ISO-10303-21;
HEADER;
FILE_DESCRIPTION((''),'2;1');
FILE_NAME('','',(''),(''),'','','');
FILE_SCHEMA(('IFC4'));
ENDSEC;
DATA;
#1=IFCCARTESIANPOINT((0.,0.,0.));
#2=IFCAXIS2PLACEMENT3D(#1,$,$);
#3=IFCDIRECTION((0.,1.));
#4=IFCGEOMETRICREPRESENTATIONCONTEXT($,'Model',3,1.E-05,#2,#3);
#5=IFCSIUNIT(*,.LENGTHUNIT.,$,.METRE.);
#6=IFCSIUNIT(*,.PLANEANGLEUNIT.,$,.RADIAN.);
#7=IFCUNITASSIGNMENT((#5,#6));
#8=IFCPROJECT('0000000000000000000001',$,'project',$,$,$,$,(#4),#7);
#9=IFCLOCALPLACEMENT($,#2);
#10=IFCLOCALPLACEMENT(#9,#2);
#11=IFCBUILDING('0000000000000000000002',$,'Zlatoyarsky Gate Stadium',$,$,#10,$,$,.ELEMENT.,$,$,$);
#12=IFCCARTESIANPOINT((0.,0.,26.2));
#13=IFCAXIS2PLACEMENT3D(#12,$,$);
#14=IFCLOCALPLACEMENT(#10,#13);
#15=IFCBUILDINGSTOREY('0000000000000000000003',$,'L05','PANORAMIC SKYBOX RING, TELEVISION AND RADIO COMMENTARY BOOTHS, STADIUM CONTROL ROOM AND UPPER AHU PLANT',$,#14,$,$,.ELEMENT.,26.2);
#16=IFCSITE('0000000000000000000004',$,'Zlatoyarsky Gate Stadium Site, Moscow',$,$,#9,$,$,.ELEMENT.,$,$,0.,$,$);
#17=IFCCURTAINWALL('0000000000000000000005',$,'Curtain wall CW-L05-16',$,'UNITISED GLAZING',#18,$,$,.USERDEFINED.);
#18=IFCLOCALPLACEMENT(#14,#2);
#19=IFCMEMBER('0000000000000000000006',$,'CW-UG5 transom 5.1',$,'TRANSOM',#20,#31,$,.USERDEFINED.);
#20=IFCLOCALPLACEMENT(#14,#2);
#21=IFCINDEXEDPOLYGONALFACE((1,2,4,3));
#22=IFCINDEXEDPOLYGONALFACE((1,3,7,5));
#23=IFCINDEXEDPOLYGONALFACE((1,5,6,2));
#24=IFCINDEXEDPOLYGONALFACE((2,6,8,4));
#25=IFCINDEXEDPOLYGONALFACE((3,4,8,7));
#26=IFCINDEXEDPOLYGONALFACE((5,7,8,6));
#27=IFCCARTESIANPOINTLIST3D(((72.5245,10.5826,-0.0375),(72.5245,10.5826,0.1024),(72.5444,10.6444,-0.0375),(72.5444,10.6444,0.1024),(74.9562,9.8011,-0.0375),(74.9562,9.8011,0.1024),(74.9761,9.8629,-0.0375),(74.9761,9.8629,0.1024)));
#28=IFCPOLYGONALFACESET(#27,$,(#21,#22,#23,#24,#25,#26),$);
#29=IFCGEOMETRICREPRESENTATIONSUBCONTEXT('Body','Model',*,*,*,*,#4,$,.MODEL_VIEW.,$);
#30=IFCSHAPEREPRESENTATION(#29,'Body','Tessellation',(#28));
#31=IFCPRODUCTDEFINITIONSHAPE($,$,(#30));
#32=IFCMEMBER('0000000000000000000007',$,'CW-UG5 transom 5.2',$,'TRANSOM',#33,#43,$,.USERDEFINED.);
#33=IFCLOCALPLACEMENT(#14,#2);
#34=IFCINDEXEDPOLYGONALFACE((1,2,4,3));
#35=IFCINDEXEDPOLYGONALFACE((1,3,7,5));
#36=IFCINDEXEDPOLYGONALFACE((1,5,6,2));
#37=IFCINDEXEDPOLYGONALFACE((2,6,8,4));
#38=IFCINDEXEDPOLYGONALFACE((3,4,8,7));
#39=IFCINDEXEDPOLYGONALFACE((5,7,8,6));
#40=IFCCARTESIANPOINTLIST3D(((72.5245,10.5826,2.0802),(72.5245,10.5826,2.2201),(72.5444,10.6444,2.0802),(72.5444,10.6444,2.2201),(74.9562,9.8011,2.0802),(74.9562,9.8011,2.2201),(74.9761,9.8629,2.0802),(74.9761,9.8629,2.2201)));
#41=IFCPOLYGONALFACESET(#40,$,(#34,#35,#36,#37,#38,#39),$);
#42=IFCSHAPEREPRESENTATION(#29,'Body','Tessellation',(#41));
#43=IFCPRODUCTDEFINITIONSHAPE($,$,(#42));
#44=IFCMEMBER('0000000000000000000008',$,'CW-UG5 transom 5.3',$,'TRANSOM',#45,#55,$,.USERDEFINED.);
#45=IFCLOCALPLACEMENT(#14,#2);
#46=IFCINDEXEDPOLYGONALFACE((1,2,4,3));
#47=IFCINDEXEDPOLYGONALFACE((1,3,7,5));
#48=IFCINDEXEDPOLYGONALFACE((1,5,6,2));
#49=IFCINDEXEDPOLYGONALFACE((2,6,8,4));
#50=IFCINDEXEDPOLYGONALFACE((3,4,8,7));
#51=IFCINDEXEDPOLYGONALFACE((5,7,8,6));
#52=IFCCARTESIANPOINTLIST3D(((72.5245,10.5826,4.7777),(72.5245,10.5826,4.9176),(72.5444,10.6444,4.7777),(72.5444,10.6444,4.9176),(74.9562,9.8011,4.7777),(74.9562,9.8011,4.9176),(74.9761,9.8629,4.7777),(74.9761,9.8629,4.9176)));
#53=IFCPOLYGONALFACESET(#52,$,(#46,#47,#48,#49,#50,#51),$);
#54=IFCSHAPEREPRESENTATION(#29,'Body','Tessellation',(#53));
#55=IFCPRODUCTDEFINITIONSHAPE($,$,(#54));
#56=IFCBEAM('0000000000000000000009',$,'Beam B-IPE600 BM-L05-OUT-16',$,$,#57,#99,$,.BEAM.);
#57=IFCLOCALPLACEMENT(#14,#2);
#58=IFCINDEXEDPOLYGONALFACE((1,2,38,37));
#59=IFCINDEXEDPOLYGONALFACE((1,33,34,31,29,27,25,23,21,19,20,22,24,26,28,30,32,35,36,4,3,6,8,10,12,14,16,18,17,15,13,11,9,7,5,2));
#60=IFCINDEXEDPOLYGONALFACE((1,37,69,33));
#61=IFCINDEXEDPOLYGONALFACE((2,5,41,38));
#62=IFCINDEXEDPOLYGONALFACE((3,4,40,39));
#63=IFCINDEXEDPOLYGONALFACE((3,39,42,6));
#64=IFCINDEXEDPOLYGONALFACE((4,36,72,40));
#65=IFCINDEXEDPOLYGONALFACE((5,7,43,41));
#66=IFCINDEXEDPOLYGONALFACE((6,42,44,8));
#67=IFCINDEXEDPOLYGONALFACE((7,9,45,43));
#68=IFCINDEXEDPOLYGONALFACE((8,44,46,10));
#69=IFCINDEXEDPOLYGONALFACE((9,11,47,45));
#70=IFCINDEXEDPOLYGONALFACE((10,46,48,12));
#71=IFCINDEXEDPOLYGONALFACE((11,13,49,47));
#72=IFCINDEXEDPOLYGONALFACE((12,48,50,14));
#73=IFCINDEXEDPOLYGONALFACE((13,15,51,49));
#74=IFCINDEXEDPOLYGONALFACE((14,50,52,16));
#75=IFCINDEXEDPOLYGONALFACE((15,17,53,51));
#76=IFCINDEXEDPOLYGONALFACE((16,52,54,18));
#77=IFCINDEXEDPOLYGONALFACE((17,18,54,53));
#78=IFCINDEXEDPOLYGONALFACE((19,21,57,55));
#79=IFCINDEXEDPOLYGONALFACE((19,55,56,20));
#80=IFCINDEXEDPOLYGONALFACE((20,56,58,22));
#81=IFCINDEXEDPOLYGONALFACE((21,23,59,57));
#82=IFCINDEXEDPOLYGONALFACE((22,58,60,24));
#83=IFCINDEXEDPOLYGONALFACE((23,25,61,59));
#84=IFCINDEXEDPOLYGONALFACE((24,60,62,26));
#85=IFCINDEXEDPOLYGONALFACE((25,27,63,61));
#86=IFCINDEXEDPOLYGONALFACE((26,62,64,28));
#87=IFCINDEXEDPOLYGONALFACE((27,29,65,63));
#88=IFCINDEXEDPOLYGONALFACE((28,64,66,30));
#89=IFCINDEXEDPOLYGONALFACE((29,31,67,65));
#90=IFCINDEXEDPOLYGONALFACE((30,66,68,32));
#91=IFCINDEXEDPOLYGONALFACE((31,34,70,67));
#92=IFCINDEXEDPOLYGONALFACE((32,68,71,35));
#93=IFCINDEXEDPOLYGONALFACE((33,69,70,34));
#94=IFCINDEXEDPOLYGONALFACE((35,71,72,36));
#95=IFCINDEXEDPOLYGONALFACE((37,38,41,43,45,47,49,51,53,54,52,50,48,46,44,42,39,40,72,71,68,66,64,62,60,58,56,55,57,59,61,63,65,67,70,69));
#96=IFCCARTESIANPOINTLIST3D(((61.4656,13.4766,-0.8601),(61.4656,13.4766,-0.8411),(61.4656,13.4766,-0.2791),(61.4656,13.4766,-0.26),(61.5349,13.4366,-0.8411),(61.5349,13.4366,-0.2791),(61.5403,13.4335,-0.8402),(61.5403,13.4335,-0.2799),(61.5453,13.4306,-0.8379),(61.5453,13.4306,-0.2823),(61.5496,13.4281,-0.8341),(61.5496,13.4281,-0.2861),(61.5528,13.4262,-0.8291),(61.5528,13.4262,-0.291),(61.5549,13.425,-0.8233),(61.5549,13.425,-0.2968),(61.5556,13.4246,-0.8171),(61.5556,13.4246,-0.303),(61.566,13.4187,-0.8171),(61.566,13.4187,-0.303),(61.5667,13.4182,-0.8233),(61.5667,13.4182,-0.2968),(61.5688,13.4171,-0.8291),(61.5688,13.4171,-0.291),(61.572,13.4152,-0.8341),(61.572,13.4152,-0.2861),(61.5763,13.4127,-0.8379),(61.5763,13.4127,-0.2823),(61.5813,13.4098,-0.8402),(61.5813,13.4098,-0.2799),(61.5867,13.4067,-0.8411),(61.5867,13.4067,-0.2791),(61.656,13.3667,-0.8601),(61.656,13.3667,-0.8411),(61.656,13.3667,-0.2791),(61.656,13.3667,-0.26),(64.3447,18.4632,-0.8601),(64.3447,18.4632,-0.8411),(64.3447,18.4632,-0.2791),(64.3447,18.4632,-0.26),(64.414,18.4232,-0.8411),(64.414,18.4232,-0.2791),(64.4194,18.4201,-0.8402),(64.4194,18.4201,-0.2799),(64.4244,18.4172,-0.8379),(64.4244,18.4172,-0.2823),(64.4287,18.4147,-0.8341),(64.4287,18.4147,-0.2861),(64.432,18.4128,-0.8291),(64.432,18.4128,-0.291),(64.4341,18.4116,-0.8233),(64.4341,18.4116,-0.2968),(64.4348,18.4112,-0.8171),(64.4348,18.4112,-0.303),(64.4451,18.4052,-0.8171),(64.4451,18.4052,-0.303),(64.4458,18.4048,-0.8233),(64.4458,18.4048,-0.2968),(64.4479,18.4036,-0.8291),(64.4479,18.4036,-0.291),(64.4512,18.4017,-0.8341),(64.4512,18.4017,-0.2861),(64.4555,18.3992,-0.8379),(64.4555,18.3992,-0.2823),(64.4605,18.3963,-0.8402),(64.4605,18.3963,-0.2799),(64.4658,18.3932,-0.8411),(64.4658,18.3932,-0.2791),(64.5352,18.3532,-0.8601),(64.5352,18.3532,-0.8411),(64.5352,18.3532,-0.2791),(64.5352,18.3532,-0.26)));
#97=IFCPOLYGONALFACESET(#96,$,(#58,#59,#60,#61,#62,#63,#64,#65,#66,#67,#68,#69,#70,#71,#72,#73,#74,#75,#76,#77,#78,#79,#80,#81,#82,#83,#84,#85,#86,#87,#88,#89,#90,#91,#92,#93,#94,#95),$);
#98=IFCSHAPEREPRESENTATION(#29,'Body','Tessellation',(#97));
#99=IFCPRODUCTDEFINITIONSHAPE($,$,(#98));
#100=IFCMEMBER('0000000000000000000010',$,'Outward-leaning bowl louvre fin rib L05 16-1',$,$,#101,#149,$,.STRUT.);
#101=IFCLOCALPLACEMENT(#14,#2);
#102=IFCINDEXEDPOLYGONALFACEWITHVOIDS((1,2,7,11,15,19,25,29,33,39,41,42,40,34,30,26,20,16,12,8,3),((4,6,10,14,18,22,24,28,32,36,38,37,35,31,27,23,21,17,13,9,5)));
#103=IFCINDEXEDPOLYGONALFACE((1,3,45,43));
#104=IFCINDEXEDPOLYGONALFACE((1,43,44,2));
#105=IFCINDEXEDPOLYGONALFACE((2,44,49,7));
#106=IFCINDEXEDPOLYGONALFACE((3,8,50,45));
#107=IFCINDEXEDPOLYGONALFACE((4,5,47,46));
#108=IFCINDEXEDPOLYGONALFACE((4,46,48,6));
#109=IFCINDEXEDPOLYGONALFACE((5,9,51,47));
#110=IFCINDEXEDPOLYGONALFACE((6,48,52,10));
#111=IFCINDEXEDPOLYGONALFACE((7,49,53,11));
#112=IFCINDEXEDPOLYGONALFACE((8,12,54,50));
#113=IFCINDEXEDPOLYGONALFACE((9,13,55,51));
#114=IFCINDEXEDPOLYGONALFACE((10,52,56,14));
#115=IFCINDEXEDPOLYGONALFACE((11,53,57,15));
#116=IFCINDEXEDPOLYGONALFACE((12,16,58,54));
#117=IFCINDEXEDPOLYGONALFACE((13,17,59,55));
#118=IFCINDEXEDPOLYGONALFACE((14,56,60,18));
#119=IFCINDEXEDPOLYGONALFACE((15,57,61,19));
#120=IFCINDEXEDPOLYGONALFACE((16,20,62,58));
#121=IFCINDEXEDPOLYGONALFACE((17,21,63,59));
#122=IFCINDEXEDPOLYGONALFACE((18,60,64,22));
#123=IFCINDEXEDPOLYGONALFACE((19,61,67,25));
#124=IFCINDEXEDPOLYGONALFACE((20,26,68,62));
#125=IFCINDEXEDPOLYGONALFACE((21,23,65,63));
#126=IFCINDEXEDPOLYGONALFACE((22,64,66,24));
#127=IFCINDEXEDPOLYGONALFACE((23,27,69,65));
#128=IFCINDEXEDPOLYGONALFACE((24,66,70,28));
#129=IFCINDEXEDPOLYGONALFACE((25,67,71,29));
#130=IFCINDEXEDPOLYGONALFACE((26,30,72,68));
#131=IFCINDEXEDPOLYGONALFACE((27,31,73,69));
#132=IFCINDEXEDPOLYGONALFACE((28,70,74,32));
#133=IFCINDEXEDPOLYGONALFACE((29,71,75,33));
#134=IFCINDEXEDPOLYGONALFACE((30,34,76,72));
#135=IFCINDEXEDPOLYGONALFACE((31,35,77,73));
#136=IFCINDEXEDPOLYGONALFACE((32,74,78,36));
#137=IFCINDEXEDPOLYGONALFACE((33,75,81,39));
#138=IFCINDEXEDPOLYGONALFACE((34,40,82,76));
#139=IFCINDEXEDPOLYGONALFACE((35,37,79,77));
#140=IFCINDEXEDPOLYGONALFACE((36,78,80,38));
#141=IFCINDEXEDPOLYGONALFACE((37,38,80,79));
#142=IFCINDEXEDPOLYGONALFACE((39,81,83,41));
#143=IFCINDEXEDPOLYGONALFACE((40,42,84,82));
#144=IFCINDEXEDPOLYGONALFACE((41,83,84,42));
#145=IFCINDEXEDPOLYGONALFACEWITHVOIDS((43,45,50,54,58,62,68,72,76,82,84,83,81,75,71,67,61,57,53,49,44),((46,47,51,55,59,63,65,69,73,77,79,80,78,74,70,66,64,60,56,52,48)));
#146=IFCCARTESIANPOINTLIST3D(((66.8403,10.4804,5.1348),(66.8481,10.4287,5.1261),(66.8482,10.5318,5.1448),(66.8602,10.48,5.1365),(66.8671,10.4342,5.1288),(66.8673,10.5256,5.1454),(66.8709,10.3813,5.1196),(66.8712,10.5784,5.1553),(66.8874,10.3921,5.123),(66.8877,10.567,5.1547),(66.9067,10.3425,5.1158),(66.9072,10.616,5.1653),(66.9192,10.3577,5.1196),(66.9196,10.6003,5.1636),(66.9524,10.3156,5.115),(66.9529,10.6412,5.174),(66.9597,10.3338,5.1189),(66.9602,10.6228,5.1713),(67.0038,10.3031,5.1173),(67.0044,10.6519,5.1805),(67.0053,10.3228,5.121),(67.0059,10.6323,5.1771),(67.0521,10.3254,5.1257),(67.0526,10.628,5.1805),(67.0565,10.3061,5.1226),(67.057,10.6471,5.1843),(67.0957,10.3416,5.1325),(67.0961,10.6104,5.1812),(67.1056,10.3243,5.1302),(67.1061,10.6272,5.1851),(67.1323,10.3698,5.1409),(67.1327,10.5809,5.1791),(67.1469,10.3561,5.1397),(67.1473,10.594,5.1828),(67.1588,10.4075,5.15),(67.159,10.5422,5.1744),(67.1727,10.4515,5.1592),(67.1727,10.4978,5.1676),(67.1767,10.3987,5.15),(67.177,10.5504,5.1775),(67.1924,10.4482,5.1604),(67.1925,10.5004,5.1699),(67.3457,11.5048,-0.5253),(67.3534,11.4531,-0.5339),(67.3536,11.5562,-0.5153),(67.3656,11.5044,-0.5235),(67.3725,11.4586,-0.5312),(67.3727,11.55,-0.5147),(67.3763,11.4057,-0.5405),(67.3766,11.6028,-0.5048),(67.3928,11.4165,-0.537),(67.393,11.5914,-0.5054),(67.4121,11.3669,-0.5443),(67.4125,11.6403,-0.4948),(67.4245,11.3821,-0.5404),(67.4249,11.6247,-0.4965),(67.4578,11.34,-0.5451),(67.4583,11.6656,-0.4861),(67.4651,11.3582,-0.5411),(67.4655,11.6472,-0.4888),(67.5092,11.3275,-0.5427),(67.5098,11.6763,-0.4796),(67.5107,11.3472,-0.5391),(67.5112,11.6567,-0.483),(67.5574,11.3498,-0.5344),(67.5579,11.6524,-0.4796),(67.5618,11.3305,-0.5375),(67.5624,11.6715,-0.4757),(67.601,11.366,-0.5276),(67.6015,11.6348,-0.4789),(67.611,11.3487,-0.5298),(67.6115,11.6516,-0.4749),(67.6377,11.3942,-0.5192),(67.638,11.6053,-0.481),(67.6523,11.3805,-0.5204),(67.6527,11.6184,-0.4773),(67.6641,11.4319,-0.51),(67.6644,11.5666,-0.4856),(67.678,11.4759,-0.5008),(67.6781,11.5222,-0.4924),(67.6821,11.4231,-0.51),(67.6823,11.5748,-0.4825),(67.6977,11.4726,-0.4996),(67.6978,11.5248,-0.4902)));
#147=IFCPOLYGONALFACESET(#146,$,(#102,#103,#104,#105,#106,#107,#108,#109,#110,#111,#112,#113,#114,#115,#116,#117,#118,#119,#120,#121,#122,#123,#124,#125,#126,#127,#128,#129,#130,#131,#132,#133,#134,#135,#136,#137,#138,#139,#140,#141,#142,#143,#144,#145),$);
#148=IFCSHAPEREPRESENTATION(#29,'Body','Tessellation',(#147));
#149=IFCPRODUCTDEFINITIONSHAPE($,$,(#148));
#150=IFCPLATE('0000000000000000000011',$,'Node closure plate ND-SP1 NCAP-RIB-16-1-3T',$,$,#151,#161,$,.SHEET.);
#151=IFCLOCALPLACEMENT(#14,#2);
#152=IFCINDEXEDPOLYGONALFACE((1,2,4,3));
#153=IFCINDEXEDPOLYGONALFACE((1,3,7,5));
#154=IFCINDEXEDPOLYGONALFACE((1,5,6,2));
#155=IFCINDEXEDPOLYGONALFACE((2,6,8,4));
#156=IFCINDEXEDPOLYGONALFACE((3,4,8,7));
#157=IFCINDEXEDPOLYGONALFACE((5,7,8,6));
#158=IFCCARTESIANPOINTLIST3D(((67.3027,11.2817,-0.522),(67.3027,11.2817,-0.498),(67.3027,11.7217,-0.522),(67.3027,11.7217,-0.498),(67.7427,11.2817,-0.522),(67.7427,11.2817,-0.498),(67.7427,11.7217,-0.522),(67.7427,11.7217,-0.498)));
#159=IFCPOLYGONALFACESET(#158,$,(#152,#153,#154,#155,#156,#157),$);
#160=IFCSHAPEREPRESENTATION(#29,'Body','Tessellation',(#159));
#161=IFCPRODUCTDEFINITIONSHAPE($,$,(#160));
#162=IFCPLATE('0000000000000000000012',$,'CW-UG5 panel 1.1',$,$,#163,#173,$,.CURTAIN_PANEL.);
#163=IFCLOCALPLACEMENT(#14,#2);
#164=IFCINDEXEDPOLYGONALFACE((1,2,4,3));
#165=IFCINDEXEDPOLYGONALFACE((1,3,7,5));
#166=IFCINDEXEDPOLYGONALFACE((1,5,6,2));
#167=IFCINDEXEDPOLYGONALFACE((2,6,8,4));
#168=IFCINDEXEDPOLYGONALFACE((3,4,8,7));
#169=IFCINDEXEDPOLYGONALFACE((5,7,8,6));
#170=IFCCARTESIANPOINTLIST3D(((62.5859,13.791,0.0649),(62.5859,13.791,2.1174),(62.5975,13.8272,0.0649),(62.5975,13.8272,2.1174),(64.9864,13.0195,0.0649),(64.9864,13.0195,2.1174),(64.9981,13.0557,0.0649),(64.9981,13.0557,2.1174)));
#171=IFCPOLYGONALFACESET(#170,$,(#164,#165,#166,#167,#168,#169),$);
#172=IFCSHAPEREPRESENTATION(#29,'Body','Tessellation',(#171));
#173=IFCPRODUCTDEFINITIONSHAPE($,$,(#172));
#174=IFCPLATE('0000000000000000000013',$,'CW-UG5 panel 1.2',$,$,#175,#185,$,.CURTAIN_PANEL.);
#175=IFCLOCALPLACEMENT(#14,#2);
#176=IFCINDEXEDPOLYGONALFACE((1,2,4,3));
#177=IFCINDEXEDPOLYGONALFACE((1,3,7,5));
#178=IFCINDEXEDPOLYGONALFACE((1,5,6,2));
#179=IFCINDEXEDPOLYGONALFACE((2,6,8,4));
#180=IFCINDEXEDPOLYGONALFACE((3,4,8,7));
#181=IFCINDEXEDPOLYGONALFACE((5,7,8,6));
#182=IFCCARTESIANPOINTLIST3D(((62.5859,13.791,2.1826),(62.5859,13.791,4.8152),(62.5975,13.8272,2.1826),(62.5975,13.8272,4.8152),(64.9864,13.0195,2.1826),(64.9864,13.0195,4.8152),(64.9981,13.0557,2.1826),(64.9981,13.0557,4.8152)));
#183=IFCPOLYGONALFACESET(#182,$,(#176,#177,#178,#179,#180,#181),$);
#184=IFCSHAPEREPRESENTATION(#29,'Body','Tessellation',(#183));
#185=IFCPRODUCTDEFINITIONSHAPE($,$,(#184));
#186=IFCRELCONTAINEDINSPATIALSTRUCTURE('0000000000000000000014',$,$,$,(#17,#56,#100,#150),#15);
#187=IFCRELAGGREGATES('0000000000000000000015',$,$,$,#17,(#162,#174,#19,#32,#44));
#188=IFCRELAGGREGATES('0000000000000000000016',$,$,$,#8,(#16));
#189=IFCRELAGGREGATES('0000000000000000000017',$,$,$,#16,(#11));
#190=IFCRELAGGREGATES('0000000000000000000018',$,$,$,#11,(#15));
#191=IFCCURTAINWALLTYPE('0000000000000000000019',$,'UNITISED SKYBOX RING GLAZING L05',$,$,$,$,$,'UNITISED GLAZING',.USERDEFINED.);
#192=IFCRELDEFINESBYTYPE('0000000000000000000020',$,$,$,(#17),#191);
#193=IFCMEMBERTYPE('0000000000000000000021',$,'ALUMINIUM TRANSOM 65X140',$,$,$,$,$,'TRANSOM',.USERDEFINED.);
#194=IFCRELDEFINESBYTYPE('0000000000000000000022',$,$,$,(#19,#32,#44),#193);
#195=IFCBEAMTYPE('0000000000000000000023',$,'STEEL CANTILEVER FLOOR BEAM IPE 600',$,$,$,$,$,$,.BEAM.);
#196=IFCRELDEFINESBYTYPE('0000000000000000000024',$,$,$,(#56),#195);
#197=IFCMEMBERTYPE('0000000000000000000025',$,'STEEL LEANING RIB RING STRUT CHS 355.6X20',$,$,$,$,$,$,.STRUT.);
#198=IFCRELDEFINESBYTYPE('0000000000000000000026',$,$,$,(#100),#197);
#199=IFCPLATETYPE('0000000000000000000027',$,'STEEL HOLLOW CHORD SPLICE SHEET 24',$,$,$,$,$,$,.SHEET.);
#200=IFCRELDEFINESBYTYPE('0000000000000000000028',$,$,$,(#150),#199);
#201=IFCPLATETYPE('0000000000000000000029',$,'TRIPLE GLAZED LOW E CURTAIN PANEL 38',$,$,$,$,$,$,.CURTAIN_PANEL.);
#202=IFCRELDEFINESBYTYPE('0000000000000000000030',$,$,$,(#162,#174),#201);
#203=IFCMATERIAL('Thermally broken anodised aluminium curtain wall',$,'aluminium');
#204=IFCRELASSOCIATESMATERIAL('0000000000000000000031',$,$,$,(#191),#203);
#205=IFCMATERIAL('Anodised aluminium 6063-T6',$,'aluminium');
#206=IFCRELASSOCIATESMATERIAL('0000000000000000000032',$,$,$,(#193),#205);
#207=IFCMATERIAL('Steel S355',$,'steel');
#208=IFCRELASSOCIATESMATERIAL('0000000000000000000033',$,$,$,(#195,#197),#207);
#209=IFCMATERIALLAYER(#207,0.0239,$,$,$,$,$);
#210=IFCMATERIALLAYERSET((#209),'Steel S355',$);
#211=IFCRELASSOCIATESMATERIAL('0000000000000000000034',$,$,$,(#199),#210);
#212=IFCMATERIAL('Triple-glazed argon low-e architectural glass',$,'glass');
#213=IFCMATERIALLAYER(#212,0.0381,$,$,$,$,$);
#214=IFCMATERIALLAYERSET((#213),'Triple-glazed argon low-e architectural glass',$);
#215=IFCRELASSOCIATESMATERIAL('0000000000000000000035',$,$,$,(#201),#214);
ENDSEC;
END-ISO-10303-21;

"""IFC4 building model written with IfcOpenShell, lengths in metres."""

from ifc_helpers import new_model, si_unit, direction, frame, origin, origin_2d, place, context, subcontext, project, spatial, rectangle, hollow_circle, i_section, extrude, material, layer, layer_set, material_profile, profile_set, type_object, element, aggregate, save


model = new_model("IFC4")

# Units and contexts
model_context = context("Model", 3, precision=1e-05, world=origin(), true_north=direction((0.0, 1.0)))
body_context = subcontext(model_context, "Body", "Model", "MODEL_VIEW")
ifc_project = project(units=[si_unit("LENGTHUNIT", "METRE"), si_unit("PLANEANGLEUNIT", "RADIAN")], contexts=[model_context])

# Site, building, storey
site_placement = place(None, origin())
site = spatial("IfcSite", under=ifc_project, at=site_placement, Name="Zlatoyarsky Gate Stadium Site, Moscow", CompositionType="ELEMENT", RefElevation=0.0)
building_placement = place(site_placement, origin())
building = spatial("IfcBuilding", under=site, at=building_placement, Name="Zlatoyarsky Gate Stadium", CompositionType="ELEMENT")
storey_placement = place(building_placement, frame((0.0, 0.0, 26.2)))
storey = spatial("IfcBuildingStorey", under=building, at=storey_placement, Name="L05", Description="PANORAMIC SKYBOX RING, TELEVISION AND RADIO COMMENTARY BOOTHS, STADIUM CONTROL ROOM AND UPPER AHU PLANT", CompositionType="ELEMENT", Elevation=26.2)

# Curtain wall, members
ifc_material_1 = material(Name="Thermally broken anodised aluminium curtain wall", Category="aluminium")
curtain_wall_type = type_object("IfcCurtainWallType", Name="UNITISED SKYBOX RING GLAZING L05", ElementType="UNITISED GLAZING", PredefinedType="USERDEFINED", material=ifc_material_1)
curtain_wall_placement = place(storey_placement, origin())
curtain_wall = element("IfcCurtainWall", 1, at=curtain_wall_placement, inside=storey, type_object=curtain_wall_type, Name="Curtain wall CW-L05-16", ObjectType="UNITISED GLAZING", PredefinedType="USERDEFINED")
ifc_material_2 = material(Name="Anodised aluminium 6063-T6", Category="aluminium")
ifc_material_profile_1 = material_profile(ifc_material_2, rectangle(XDim=0.0649, YDim=0.1399, at=origin_2d()), Name="ALU 65X140")
ifc_profile_set_1 = profile_set([ifc_material_profile_1], Name="Anodised aluminium 6063-T6")
member_type_1 = type_object("IfcMemberType", Name="ALUMINIUM TRANSOM 65X140", ElementType="TRANSOM", PredefinedType="USERDEFINED", material=ifc_profile_set_1)
member_1_placement = place(storey_placement, frame((72.5344, 10.6135, 0.0325), z_axis=(0.95204, -0.305972, 0.0), x_axis=(0.305972, 0.95204, 0.0)))
member_1 = element("IfcMember", 2, at=member_1_placement, type_object=member_type_1, Name="CW-UG5 transom 5.1", ObjectType="TRANSOM", PredefinedType="USERDEFINED", context=body_context, shape_type="SweptSolid", body=[
    extrude(rectangle(XDim=0.0649, YDim=0.1399, at=origin_2d()), origin(), (0.0, 0.0, 1.0), 2.5542),
])
member_2_placement = place(storey_placement, frame((72.5344, 10.6135, 2.1501), z_axis=(0.95204, -0.305972, 0.0), x_axis=(0.305972, 0.95204, 0.0)))
member_2 = element("IfcMember", 3, at=member_2_placement, type_object=member_type_1, Name="CW-UG5 transom 5.2", ObjectType="TRANSOM", PredefinedType="USERDEFINED", context=body_context, shape_type="SweptSolid", body=[
    extrude(rectangle(XDim=0.0649, YDim=0.1399, at=origin_2d()), origin(), (0.0, 0.0, 1.0), 2.5542),
])
member_3_placement = place(storey_placement, frame((72.5344, 10.6135, 4.8477), z_axis=(0.95204, -0.305972, 0.0), x_axis=(0.305972, 0.95204, 0.0)))
member_3 = element("IfcMember", 4, at=member_3_placement, type_object=member_type_1, Name="CW-UG5 transom 5.3", ObjectType="TRANSOM", PredefinedType="USERDEFINED", context=body_context, shape_type="SweptSolid", body=[
    extrude(rectangle(XDim=0.0649, YDim=0.1399, at=origin_2d()), origin(), (0.0, 0.0, 1.0), 2.5542),
])

# Beam
ifc_material_3 = material(Name="Steel S355", Category="steel")
ifc_material_profile_2 = material_profile(ifc_material_3, i_section(OverallWidth=0.22, OverallDepth=0.6001, WebThickness=0.012, FlangeThickness=0.019, FilletRadius=0.0239, at=origin_2d()), Name="IPE 600")
ifc_profile_set_2 = profile_set([ifc_material_profile_2], Name="Steel S355")
beam_type = type_object("IfcBeamType", Name="STEEL CANTILEVER FLOOR BEAM IPE 600", PredefinedType="BEAM", material=ifc_profile_set_2)
beam_placement = place(storey_placement, frame((64.4399, 18.4082, -0.5601), z_axis=(-0.50002, -0.866014, 0.0), x_axis=(0.866014, -0.50002, 0.0)))
element("IfcBeam", 5, at=beam_placement, inside=storey, type_object=beam_type, Name="Beam B-IPE600 BM-L05-OUT-16", PredefinedType="BEAM", context=body_context, shape_type="SweptSolid", body=[
    extrude(i_section(OverallWidth=0.22, OverallDepth=0.6001, WebThickness=0.012, FlangeThickness=0.019, FilletRadius=0.0239, at=origin_2d()), origin(), (0.0, 0.0, 1.0), 5.7581),
])

# Member
ifc_material_profile_3 = material_profile(ifc_material_3, hollow_circle(Radius=0.1777, WallThickness=0.02, at=origin_2d()), Name="CHS 355.6X20")
ifc_profile_set_3 = profile_set([ifc_material_profile_3], Name="Steel S355")
member_type_2 = type_object("IfcMemberType", Name="STEEL LEANING RIB RING STRUT CHS 355.6X20", PredefinedType="STRUT", material=ifc_profile_set_3)
member_4_placement = place(storey_placement, frame((67.5227, 11.5017, -0.51), z_axis=(-0.087521, -0.17741, 0.980238), x_axis=(0.896808, -0.44242, 0.0)))
element("IfcMember", 6, at=member_4_placement, inside=storey, type_object=member_type_2, Name="Outward-leaning bowl louvre fin rib L05 16-1", PredefinedType="STRUT", context=body_context, shape_type="SweptSolid", body=[
    extrude(hollow_circle(Radius=0.1777, WallThickness=0.02, at=origin_2d()), origin(), (0.0, 0.0, 1.0), 5.7742),
])

# Plates
ifc_layer_1 = layer(ifc_material_3, 0.0239)
ifc_layer_set_1 = layer_set([ifc_layer_1], Name="Steel S355")
plate_type_1 = type_object("IfcPlateType", Name="STEEL HOLLOW CHORD SPLICE SHEET 24", PredefinedType="SHEET", material=ifc_layer_set_1)
plate_1_placement = place(storey_placement, frame((67.5227, 11.5017, -0.522), z_axis=(0.0, 0.0, 1.0), x_axis=(1.0, 0.0, 0.0)))
element("IfcPlate", 7, at=plate_1_placement, inside=storey, type_object=plate_type_1, Name="Node closure plate ND-SP1 NCAP-RIB-16-1-3T", PredefinedType="SHEET", context=body_context, shape_type="SweptSolid", body=[
    extrude(rectangle(XDim=0.4399, YDim=0.4399, at=origin_2d()), origin(), (0.0, 0.0, 1.0), 0.0239),
])
ifc_material_4 = material(Name="Triple-glazed argon low-e architectural glass", Category="glass")
ifc_layer_2 = layer(ifc_material_4, 0.0381)
ifc_layer_set_2 = layer_set([ifc_layer_2], Name="Triple-glazed argon low-e architectural glass")
plate_type_2 = type_object("IfcPlateType", Name="TRIPLE GLAZED LOW E CURTAIN PANEL 38", PredefinedType="CURTAIN_PANEL", material=ifc_layer_set_2)
plate_2_placement = place(storey_placement, frame((63.792, 13.4233, 0.0649), z_axis=(0.0, 0.0, 1.0), x_axis=(0.952039, -0.305978, 0.0)))
plate_2 = element("IfcPlate", 8, at=plate_2_placement, type_object=plate_type_2, Name="CW-UG5 panel 1.1", PredefinedType="CURTAIN_PANEL", context=body_context, shape_type="SweptSolid", body=[
    extrude(rectangle(XDim=2.5215, YDim=0.0381, at=origin_2d()), origin(), (0.0, 0.0, 1.0), 2.0525),
])
plate_3_placement = place(storey_placement, frame((63.792, 13.4233, 2.1826), z_axis=(0.0, 0.0, 1.0), x_axis=(0.952039, -0.305978, 0.0)))
plate_3 = element("IfcPlate", 9, at=plate_3_placement, type_object=plate_type_2, Name="CW-UG5 panel 1.2", PredefinedType="CURTAIN_PANEL", context=body_context, shape_type="SweptSolid", body=[
    extrude(rectangle(XDim=2.5215, YDim=0.0381, at=origin_2d()), origin(), (0.0, 0.0, 1.0), 2.6326),
])
aggregate(curtain_wall, [plate_2, plate_3, member_1, member_2, member_3])

save(model, "model.ifc")
